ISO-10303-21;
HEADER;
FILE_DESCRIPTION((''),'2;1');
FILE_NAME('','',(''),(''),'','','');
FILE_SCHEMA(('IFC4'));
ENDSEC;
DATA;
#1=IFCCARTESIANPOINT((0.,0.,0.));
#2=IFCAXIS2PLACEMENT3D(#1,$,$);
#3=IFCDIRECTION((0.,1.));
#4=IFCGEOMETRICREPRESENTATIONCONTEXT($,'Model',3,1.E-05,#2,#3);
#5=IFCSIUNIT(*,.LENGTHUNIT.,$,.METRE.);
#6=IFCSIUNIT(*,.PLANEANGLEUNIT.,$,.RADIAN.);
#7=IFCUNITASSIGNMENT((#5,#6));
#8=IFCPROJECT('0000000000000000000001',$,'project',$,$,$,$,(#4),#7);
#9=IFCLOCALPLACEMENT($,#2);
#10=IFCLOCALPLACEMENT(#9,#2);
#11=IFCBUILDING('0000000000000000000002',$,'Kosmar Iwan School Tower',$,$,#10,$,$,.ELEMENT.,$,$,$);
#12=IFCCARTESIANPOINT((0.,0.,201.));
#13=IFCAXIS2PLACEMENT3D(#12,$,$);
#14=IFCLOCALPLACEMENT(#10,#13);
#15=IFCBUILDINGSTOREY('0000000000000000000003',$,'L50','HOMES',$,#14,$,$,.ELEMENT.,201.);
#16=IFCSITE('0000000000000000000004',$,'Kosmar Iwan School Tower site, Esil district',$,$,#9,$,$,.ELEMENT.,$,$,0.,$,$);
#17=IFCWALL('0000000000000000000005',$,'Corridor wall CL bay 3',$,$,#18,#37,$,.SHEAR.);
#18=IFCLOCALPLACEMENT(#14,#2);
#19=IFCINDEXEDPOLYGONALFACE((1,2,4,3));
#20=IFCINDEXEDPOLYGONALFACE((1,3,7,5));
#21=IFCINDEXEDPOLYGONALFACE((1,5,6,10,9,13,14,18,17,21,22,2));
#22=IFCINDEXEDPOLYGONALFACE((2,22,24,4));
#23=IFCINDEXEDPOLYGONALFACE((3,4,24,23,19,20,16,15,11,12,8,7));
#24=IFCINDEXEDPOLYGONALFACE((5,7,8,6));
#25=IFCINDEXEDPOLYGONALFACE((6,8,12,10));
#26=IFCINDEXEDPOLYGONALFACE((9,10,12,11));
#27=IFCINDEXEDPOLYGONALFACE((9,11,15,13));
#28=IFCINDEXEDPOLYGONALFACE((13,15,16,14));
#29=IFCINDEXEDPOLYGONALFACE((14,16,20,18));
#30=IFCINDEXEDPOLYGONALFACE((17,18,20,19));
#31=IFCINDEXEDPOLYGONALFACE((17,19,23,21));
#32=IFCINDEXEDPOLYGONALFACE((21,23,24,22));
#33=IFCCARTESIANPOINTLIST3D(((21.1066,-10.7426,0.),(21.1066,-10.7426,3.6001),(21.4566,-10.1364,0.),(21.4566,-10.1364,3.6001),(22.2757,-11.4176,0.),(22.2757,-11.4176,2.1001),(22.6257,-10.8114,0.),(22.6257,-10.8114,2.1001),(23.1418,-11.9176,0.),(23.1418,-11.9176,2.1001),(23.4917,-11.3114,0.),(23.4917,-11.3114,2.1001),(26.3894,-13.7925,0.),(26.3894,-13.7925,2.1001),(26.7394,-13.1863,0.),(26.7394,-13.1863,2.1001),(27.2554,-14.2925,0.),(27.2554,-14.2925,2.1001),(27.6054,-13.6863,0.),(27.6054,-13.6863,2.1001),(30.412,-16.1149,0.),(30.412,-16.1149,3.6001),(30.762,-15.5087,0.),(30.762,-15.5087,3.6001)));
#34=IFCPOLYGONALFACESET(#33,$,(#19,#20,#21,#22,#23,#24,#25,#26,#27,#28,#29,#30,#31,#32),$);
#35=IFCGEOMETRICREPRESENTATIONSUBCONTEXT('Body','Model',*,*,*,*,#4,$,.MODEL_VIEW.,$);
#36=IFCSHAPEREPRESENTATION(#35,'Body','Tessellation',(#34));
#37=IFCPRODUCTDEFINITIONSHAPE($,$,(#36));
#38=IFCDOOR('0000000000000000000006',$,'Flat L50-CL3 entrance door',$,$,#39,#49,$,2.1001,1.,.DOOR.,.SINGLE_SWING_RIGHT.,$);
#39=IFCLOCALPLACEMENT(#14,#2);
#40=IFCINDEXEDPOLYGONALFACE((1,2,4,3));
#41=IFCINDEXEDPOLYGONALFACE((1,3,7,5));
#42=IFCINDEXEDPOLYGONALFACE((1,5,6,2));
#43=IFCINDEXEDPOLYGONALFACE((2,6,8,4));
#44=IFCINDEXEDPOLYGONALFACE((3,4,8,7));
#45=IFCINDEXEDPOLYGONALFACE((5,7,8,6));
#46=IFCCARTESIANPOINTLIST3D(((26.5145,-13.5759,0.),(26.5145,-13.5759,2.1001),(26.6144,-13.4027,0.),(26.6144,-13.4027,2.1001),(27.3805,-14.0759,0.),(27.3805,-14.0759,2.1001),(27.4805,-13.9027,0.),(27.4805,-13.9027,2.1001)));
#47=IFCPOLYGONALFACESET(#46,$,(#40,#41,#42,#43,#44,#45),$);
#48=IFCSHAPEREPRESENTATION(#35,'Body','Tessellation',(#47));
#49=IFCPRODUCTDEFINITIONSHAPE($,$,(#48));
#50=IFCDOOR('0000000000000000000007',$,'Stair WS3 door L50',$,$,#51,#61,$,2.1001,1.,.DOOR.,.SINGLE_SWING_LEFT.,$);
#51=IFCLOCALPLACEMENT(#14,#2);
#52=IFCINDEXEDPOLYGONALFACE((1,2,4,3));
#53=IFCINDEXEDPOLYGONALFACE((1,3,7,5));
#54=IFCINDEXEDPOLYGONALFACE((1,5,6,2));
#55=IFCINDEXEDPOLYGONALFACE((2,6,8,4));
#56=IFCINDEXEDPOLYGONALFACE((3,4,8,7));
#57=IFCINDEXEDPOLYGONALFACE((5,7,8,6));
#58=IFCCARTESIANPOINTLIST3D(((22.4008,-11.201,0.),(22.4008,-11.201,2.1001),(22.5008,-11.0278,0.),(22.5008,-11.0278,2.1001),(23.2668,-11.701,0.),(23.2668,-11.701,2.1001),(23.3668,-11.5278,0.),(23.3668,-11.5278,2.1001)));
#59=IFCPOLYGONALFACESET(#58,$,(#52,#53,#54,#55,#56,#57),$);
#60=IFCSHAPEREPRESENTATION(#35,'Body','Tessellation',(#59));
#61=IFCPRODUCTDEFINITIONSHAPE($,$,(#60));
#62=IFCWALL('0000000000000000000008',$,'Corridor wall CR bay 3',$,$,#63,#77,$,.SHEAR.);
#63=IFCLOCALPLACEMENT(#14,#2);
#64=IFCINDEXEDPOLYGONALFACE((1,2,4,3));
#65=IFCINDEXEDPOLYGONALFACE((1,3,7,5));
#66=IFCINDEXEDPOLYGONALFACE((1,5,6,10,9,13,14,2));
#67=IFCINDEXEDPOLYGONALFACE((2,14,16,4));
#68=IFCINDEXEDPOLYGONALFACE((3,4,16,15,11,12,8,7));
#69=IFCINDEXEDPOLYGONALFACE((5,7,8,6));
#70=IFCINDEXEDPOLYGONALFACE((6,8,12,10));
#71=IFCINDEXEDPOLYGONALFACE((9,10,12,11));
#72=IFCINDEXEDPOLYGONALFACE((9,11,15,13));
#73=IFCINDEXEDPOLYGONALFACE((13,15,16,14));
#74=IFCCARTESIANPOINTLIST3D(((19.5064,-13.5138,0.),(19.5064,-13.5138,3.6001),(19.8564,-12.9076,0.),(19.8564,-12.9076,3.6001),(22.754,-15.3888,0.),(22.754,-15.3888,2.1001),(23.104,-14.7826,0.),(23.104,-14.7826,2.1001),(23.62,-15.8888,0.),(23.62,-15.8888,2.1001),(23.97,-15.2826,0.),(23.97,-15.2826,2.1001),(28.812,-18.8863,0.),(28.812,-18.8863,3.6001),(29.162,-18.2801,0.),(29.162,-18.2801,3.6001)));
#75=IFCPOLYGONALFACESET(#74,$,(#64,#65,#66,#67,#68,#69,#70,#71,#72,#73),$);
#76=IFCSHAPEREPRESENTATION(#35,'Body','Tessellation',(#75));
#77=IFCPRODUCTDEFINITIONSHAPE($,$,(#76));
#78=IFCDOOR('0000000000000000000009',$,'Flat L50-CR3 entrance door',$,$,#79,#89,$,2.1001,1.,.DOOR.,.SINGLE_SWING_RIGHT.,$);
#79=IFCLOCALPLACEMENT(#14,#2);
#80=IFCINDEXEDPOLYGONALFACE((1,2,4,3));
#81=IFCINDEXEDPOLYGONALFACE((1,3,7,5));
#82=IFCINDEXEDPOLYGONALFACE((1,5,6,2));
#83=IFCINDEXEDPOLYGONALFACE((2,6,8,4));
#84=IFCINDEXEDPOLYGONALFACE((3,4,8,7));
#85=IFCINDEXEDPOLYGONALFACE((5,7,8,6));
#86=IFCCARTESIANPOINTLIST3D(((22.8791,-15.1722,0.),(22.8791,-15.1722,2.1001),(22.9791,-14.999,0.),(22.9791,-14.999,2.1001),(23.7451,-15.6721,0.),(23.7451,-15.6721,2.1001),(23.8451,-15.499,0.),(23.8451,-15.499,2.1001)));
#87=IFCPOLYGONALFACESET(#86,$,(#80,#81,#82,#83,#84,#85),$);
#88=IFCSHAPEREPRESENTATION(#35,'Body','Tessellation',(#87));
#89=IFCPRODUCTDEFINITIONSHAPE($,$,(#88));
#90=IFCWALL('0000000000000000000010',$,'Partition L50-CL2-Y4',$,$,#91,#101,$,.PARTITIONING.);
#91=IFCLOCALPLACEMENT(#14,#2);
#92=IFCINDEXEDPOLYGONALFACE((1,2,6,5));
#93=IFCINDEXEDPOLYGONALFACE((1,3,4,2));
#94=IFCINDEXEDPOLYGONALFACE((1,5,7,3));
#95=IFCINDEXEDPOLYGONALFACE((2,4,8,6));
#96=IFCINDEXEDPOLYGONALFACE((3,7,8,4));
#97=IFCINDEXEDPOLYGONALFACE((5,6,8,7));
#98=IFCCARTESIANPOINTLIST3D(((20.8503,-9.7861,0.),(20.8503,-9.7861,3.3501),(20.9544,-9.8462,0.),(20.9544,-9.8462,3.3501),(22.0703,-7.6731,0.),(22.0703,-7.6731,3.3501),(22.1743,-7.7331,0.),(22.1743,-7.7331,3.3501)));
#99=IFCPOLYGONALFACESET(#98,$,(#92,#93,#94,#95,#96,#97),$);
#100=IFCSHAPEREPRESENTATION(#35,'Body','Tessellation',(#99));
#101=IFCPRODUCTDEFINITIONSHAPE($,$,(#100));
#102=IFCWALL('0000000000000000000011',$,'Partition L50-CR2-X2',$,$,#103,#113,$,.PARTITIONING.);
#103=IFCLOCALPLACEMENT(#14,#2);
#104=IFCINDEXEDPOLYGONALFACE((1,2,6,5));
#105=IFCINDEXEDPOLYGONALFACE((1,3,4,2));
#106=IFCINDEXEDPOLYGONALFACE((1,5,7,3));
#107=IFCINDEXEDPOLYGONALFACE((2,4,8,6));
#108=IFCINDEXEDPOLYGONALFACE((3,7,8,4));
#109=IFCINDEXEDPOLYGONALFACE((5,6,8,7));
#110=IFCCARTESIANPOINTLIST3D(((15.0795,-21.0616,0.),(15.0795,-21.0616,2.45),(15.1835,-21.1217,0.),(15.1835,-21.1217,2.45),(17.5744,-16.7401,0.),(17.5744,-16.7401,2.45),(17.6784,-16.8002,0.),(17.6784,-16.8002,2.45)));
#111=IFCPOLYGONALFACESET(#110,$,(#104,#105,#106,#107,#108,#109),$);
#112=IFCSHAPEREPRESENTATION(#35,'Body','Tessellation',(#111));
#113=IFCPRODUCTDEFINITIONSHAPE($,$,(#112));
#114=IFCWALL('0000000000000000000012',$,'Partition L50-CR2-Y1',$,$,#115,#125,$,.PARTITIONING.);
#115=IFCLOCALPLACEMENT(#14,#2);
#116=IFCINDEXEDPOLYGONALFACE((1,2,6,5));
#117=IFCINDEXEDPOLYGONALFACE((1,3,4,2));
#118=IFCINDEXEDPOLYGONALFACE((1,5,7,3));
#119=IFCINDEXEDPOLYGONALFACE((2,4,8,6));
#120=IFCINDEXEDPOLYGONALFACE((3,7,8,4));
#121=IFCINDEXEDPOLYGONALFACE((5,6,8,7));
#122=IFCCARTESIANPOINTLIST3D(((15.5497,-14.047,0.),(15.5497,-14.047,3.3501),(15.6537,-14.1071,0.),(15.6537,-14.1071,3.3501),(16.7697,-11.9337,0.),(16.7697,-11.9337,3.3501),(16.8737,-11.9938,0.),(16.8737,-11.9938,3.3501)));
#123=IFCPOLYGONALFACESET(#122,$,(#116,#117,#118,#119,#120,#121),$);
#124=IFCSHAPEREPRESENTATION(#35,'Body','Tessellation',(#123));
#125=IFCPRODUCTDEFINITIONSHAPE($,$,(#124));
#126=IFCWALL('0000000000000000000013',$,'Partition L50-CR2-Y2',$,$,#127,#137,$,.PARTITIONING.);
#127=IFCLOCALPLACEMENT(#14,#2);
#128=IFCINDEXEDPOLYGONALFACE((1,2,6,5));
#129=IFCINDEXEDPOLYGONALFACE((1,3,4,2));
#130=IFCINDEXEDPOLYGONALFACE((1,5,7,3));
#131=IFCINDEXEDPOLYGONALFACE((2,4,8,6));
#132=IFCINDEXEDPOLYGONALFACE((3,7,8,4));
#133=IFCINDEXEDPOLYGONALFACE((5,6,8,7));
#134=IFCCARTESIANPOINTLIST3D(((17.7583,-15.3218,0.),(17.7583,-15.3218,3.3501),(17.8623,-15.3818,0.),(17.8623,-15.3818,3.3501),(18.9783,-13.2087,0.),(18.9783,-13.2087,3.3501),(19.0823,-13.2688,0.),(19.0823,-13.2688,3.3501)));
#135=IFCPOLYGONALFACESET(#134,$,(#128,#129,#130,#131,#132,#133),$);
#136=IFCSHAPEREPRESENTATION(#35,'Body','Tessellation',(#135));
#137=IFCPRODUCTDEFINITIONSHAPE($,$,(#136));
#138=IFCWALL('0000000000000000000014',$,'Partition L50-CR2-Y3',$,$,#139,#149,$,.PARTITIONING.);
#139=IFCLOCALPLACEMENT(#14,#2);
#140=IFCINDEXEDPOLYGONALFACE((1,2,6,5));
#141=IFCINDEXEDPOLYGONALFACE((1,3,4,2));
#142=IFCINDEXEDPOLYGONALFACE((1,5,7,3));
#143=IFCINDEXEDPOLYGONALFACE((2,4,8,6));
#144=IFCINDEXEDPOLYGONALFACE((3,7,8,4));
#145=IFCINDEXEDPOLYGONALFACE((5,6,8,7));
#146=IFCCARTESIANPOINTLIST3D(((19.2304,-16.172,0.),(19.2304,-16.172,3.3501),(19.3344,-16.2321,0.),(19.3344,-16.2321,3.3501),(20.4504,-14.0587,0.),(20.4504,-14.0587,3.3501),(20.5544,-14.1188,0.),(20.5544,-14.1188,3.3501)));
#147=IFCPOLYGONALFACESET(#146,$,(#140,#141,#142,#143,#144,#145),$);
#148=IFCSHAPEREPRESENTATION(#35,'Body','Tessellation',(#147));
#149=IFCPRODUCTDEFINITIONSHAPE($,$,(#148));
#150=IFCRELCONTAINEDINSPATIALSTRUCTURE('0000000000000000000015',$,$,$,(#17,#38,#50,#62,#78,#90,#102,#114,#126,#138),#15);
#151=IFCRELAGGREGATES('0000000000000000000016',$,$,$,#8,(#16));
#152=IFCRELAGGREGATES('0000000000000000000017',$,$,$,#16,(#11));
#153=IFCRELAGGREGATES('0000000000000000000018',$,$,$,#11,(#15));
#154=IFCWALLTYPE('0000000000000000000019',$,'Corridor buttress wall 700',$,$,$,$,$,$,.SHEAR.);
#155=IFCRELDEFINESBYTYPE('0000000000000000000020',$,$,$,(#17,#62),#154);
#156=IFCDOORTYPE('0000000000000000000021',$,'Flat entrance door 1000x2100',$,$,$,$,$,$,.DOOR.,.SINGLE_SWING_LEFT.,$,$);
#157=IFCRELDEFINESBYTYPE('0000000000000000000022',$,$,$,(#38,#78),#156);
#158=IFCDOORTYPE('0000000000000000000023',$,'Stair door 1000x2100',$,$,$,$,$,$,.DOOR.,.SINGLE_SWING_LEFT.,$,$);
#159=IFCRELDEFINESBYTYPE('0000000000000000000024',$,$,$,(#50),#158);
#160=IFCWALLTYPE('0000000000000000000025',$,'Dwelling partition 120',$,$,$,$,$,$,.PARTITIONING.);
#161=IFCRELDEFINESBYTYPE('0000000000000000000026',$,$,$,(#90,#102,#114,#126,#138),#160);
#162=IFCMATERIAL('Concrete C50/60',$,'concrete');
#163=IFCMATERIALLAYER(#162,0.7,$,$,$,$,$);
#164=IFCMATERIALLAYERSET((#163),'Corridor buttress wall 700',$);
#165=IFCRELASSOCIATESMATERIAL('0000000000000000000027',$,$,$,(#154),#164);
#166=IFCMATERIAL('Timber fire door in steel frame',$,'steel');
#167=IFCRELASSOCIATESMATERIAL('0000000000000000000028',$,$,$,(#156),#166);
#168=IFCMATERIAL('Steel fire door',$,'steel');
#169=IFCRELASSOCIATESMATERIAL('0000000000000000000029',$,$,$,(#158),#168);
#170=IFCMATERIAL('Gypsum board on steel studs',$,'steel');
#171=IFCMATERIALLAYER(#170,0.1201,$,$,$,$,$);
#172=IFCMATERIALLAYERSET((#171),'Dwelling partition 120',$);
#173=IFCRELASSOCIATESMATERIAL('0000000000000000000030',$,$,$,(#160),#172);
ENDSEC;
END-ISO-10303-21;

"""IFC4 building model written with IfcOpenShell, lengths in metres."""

from ifc_helpers import new_model, si_unit, direction, frame, frame_2d, origin, place, context, subcontext, project, spatial, rectangle, extrude, material, layer, layer_set, type_object, element, fill, save


model = new_model("IFC4")

# Units and contexts
model_context = context("Model", 3, precision=1e-05, world=origin(), true_north=direction((0.0, 1.0)))
body_context = subcontext(model_context, "Body", "Model", "MODEL_VIEW")
ifc_project = project(units=[si_unit("LENGTHUNIT", "METRE"), si_unit("PLANEANGLEUNIT", "RADIAN")], contexts=[model_context])

# Site, building, storey
site_placement = place(None, origin())
site = spatial("IfcSite", under=ifc_project, at=site_placement, Name="Kosmar Iwan School Tower site, Esil district", CompositionType="ELEMENT", RefElevation=0.0)
building_placement = place(site_placement, origin())
building = spatial("IfcBuilding", under=site, at=building_placement, Name="Kosmar Iwan School Tower", CompositionType="ELEMENT")
storey_placement = place(building_placement, frame((0.0, 0.0, 201.0)))
storey = spatial("IfcBuildingStorey", under=building, at=storey_placement, Name="L50", Description="HOMES", CompositionType="ELEMENT", Elevation=201.0)

# Wall, openings, doors
ifc_material_1 = material(Name="Concrete C50/60", Category="concrete")
ifc_layer_1 = layer(ifc_material_1, 0.7)
ifc_layer_set_1 = layer_set([ifc_layer_1], Name="Corridor buttress wall 700")
wall_type_1 = type_object("IfcWallType", Name="Corridor buttress wall 700", PredefinedType="SHEAR", material=ifc_layer_set_1)
wall_1_placement = place(storey_placement, frame((21.2815, -10.4395, 0.0), z_axis=(0.0, 0.0, 1.0), x_axis=(0.866032, -0.499988, 0.0)))
wall_1 = element("IfcWall", 1, at=wall_1_placement, inside=storey, type_object=wall_type_1, Name="Corridor wall CL bay 3", PredefinedType="SHEAR", context=body_context, shape_type="SweptSolid", body=[
    extrude(rectangle(XDim=10.7449, YDim=0.7, at=frame_2d((5.3726, 0.0))), origin(), (0.0, 0.0, 1.0), 3.6001),
])
opening_1_placement = place(wall_1_placement, frame((6.1001, 0.0, 0.0)))
opening_1 = element("IfcOpeningElement", 2, at=opening_1_placement, cuts=wall_1, PredefinedType="OPENING", context=body_context, shape_type="SweptSolid", body=[
    extrude(rectangle(XDim=1.0, YDim=2.1001, at=frame_2d((0.5, 1.05))), frame((0.0, 0.3621, 0.0), z_axis=(0.0, -1.0, 0.0), x_axis=(1.0, 0.0, 0.0)), (0.0, 0.0, 1.0), 0.7239),
])
opening_2_placement = place(wall_1_placement, frame((1.3501, 0.0, 0.0)))
opening_2 = element("IfcOpeningElement", 3, at=opening_2_placement, cuts=wall_1, PredefinedType="OPENING", context=body_context, shape_type="SweptSolid", body=[
    extrude(rectangle(XDim=1.0, YDim=2.1001, at=frame_2d((0.5, 1.05))), frame((0.0, 0.3621, 0.0), z_axis=(0.0, -1.0, 0.0), x_axis=(1.0, 0.0, 0.0)), (0.0, 0.0, 1.0), 0.7239),
])
ifc_material_2 = material(Name="Timber fire door in steel frame", Category="steel")
door_type_1 = type_object("IfcDoorType", Name="Flat entrance door 1000x2100", OperationType="SINGLE_SWING_LEFT", PredefinedType="DOOR", material=ifc_material_2)
door_1_placement = place(opening_1_placement, origin())
door_1 = element("IfcDoor", 4, at=door_1_placement, inside=storey, type_object=door_type_1, Name="Flat L50-CL3 entrance door", OperationType="SINGLE_SWING_RIGHT", OverallHeight=2.1001, OverallWidth=1.0, PredefinedType="DOOR", context=body_context, shape_type="SweptSolid", body=[
    extrude(rectangle(XDim=1.0, YDim=2.1001, at=frame_2d((0.5, 1.05))), frame((0.0, 0.1001, 0.0), z_axis=(0.0, -1.0, 0.0), x_axis=(1.0, 0.0, 0.0)), (0.0, 0.0, 1.0), 0.2),
])
fill(opening_1, door_1)
ifc_material_3 = material(Name="Steel fire door", Category="steel")
door_type_2 = type_object("IfcDoorType", Name="Stair door 1000x2100", OperationType="SINGLE_SWING_LEFT", PredefinedType="DOOR", material=ifc_material_3)
door_2_placement = place(opening_2_placement, origin())
door_2 = element("IfcDoor", 5, at=door_2_placement, inside=storey, type_object=door_type_2, Name="Stair WS3 door L50", OperationType="SINGLE_SWING_LEFT", OverallHeight=2.1001, OverallWidth=1.0, PredefinedType="DOOR", context=body_context, shape_type="SweptSolid", body=[
    extrude(rectangle(XDim=1.0, YDim=2.1001, at=frame_2d((0.5, 1.05))), frame((0.0, 0.1001, 0.0), z_axis=(0.0, -1.0, 0.0), x_axis=(1.0, 0.0, 0.0)), (0.0, 0.0, 1.0), 0.2),
])
fill(opening_2, door_2)

# Wall, opening, door
wall_2_placement = place(storey_placement, frame((19.6814, -13.2107, 0.0), z_axis=(0.0, 0.0, 1.0), x_axis=(0.866028, -0.499995, 0.0)))
wall_2 = element("IfcWall", 6, at=wall_2_placement, inside=storey, type_object=wall_type_1, Name="Corridor wall CR bay 3", PredefinedType="SHEAR", context=body_context, shape_type="SweptSolid", body=[
    extrude(rectangle(XDim=10.7451, YDim=0.7, at=frame_2d((5.3726, 0.0))), origin(), (0.0, 0.0, 1.0), 3.6001),
])
opening_3_placement = place(wall_2_placement, frame((3.75, 0.0, 0.0)))
opening_3 = element("IfcOpeningElement", 7, at=opening_3_placement, cuts=wall_2, PredefinedType="OPENING", context=body_context, shape_type="SweptSolid", body=[
    extrude(rectangle(XDim=1.0, YDim=2.1001, at=frame_2d((0.5, 1.05))), frame((0.0, 0.3621, 0.0), z_axis=(0.0, -1.0, 0.0), x_axis=(1.0, 0.0, 0.0)), (0.0, 0.0, 1.0), 0.7239),
])
door_3_placement = place(opening_3_placement, origin())
door_3 = element("IfcDoor", 8, at=door_3_placement, inside=storey, type_object=door_type_1, Name="Flat L50-CR3 entrance door", OperationType="SINGLE_SWING_RIGHT", OverallHeight=2.1001, OverallWidth=1.0, PredefinedType="DOOR", context=body_context, shape_type="SweptSolid", body=[
    extrude(rectangle(XDim=1.0, YDim=2.1001, at=frame_2d((0.5, 1.05))), frame((0.0, 0.1001, 0.0), z_axis=(0.0, -1.0, 0.0), x_axis=(1.0, 0.0, 0.0)), (0.0, 0.0, 1.0), 0.2),
])
fill(opening_3, door_3)

# Walls
ifc_material_4 = material(Name="Gypsum board on steel studs", Category="steel")
ifc_layer_2 = layer(ifc_material_4, 0.1201)
ifc_layer_set_2 = layer_set([ifc_layer_2], Name="Dwelling partition 120")
wall_type_2 = type_object("IfcWallType", Name="Dwelling partition 120", PredefinedType="PARTITIONING", material=ifc_layer_set_2)
wall_3_placement = place(storey_placement, frame((20.9023, -9.8162, 0.0), z_axis=(0.0, 0.0, 1.0), x_axis=(0.500003, 0.866024, 0.0)))
element("IfcWall", 9, at=wall_3_placement, inside=storey, type_object=wall_type_2, Name="Partition L50-CL2-Y4", PredefinedType="PARTITIONING", context=body_context, shape_type="SweptSolid", body=[
    extrude(rectangle(XDim=2.4399, YDim=0.1201, at=frame_2d((1.22, 0.0))), origin(), (0.0, 0.0, 1.0), 3.3501),
])
wall_4_placement = place(storey_placement, frame((17.6265, -16.77, 0.0), z_axis=(0.0, 0.0, 1.0), x_axis=(-0.499975, -0.86604, 0.0)))
element("IfcWall", 10, at=wall_4_placement, inside=storey, type_object=wall_type_2, Name="Partition L50-CR2-X2", PredefinedType="PARTITIONING", context=body_context, shape_type="SweptSolid", body=[
    extrude(rectangle(XDim=4.99, YDim=0.1201, at=frame_2d((2.4951, 0.0))), origin(), (0.0, 0.0, 1.0), 2.45),
])
wall_5_placement = place(storey_placement, frame((16.8218, -11.9636, 0.0), z_axis=(0.0, 0.0, 1.0), x_axis=(-0.499959, -0.866049, 0.0)))
element("IfcWall", 11, at=wall_5_placement, inside=storey, type_object=wall_type_2, Name="Partition L50-CR2-Y1", PredefinedType="PARTITIONING", context=body_context, shape_type="SweptSolid", body=[
    extrude(rectangle(XDim=2.4402, YDim=0.1201, at=frame_2d((1.2202, 0.0))), origin(), (0.0, 0.0, 1.0), 3.3501),
])
wall_6_placement = place(storey_placement, frame((19.0303, -13.2388, 0.0), z_axis=(0.0, 0.0, 1.0), x_axis=(-0.500003, -0.866024, 0.0)))
element("IfcWall", 12, at=wall_6_placement, inside=storey, type_object=wall_type_2, Name="Partition L50-CR2-Y2", PredefinedType="PARTITIONING", context=body_context, shape_type="SweptSolid", body=[
    extrude(rectangle(XDim=2.4399, YDim=0.1201, at=frame_2d((1.22, 0.0))), origin(), (0.0, 0.0, 1.0), 3.3501),
])
wall_7_placement = place(storey_placement, frame((20.5024, -14.0886, 0.0), z_axis=(0.0, 0.0, 1.0), x_axis=(-0.499959, -0.866049, 0.0)))
element("IfcWall", 13, at=wall_7_placement, inside=storey, type_object=wall_type_2, Name="Partition L50-CR2-Y3", PredefinedType="PARTITIONING", context=body_context, shape_type="SweptSolid", body=[
    extrude(rectangle(XDim=2.4402, YDim=0.1201, at=frame_2d((1.2202, 0.0))), origin(), (0.0, 0.0, 1.0), 3.3501),
])

save(model, "model.ifc")
